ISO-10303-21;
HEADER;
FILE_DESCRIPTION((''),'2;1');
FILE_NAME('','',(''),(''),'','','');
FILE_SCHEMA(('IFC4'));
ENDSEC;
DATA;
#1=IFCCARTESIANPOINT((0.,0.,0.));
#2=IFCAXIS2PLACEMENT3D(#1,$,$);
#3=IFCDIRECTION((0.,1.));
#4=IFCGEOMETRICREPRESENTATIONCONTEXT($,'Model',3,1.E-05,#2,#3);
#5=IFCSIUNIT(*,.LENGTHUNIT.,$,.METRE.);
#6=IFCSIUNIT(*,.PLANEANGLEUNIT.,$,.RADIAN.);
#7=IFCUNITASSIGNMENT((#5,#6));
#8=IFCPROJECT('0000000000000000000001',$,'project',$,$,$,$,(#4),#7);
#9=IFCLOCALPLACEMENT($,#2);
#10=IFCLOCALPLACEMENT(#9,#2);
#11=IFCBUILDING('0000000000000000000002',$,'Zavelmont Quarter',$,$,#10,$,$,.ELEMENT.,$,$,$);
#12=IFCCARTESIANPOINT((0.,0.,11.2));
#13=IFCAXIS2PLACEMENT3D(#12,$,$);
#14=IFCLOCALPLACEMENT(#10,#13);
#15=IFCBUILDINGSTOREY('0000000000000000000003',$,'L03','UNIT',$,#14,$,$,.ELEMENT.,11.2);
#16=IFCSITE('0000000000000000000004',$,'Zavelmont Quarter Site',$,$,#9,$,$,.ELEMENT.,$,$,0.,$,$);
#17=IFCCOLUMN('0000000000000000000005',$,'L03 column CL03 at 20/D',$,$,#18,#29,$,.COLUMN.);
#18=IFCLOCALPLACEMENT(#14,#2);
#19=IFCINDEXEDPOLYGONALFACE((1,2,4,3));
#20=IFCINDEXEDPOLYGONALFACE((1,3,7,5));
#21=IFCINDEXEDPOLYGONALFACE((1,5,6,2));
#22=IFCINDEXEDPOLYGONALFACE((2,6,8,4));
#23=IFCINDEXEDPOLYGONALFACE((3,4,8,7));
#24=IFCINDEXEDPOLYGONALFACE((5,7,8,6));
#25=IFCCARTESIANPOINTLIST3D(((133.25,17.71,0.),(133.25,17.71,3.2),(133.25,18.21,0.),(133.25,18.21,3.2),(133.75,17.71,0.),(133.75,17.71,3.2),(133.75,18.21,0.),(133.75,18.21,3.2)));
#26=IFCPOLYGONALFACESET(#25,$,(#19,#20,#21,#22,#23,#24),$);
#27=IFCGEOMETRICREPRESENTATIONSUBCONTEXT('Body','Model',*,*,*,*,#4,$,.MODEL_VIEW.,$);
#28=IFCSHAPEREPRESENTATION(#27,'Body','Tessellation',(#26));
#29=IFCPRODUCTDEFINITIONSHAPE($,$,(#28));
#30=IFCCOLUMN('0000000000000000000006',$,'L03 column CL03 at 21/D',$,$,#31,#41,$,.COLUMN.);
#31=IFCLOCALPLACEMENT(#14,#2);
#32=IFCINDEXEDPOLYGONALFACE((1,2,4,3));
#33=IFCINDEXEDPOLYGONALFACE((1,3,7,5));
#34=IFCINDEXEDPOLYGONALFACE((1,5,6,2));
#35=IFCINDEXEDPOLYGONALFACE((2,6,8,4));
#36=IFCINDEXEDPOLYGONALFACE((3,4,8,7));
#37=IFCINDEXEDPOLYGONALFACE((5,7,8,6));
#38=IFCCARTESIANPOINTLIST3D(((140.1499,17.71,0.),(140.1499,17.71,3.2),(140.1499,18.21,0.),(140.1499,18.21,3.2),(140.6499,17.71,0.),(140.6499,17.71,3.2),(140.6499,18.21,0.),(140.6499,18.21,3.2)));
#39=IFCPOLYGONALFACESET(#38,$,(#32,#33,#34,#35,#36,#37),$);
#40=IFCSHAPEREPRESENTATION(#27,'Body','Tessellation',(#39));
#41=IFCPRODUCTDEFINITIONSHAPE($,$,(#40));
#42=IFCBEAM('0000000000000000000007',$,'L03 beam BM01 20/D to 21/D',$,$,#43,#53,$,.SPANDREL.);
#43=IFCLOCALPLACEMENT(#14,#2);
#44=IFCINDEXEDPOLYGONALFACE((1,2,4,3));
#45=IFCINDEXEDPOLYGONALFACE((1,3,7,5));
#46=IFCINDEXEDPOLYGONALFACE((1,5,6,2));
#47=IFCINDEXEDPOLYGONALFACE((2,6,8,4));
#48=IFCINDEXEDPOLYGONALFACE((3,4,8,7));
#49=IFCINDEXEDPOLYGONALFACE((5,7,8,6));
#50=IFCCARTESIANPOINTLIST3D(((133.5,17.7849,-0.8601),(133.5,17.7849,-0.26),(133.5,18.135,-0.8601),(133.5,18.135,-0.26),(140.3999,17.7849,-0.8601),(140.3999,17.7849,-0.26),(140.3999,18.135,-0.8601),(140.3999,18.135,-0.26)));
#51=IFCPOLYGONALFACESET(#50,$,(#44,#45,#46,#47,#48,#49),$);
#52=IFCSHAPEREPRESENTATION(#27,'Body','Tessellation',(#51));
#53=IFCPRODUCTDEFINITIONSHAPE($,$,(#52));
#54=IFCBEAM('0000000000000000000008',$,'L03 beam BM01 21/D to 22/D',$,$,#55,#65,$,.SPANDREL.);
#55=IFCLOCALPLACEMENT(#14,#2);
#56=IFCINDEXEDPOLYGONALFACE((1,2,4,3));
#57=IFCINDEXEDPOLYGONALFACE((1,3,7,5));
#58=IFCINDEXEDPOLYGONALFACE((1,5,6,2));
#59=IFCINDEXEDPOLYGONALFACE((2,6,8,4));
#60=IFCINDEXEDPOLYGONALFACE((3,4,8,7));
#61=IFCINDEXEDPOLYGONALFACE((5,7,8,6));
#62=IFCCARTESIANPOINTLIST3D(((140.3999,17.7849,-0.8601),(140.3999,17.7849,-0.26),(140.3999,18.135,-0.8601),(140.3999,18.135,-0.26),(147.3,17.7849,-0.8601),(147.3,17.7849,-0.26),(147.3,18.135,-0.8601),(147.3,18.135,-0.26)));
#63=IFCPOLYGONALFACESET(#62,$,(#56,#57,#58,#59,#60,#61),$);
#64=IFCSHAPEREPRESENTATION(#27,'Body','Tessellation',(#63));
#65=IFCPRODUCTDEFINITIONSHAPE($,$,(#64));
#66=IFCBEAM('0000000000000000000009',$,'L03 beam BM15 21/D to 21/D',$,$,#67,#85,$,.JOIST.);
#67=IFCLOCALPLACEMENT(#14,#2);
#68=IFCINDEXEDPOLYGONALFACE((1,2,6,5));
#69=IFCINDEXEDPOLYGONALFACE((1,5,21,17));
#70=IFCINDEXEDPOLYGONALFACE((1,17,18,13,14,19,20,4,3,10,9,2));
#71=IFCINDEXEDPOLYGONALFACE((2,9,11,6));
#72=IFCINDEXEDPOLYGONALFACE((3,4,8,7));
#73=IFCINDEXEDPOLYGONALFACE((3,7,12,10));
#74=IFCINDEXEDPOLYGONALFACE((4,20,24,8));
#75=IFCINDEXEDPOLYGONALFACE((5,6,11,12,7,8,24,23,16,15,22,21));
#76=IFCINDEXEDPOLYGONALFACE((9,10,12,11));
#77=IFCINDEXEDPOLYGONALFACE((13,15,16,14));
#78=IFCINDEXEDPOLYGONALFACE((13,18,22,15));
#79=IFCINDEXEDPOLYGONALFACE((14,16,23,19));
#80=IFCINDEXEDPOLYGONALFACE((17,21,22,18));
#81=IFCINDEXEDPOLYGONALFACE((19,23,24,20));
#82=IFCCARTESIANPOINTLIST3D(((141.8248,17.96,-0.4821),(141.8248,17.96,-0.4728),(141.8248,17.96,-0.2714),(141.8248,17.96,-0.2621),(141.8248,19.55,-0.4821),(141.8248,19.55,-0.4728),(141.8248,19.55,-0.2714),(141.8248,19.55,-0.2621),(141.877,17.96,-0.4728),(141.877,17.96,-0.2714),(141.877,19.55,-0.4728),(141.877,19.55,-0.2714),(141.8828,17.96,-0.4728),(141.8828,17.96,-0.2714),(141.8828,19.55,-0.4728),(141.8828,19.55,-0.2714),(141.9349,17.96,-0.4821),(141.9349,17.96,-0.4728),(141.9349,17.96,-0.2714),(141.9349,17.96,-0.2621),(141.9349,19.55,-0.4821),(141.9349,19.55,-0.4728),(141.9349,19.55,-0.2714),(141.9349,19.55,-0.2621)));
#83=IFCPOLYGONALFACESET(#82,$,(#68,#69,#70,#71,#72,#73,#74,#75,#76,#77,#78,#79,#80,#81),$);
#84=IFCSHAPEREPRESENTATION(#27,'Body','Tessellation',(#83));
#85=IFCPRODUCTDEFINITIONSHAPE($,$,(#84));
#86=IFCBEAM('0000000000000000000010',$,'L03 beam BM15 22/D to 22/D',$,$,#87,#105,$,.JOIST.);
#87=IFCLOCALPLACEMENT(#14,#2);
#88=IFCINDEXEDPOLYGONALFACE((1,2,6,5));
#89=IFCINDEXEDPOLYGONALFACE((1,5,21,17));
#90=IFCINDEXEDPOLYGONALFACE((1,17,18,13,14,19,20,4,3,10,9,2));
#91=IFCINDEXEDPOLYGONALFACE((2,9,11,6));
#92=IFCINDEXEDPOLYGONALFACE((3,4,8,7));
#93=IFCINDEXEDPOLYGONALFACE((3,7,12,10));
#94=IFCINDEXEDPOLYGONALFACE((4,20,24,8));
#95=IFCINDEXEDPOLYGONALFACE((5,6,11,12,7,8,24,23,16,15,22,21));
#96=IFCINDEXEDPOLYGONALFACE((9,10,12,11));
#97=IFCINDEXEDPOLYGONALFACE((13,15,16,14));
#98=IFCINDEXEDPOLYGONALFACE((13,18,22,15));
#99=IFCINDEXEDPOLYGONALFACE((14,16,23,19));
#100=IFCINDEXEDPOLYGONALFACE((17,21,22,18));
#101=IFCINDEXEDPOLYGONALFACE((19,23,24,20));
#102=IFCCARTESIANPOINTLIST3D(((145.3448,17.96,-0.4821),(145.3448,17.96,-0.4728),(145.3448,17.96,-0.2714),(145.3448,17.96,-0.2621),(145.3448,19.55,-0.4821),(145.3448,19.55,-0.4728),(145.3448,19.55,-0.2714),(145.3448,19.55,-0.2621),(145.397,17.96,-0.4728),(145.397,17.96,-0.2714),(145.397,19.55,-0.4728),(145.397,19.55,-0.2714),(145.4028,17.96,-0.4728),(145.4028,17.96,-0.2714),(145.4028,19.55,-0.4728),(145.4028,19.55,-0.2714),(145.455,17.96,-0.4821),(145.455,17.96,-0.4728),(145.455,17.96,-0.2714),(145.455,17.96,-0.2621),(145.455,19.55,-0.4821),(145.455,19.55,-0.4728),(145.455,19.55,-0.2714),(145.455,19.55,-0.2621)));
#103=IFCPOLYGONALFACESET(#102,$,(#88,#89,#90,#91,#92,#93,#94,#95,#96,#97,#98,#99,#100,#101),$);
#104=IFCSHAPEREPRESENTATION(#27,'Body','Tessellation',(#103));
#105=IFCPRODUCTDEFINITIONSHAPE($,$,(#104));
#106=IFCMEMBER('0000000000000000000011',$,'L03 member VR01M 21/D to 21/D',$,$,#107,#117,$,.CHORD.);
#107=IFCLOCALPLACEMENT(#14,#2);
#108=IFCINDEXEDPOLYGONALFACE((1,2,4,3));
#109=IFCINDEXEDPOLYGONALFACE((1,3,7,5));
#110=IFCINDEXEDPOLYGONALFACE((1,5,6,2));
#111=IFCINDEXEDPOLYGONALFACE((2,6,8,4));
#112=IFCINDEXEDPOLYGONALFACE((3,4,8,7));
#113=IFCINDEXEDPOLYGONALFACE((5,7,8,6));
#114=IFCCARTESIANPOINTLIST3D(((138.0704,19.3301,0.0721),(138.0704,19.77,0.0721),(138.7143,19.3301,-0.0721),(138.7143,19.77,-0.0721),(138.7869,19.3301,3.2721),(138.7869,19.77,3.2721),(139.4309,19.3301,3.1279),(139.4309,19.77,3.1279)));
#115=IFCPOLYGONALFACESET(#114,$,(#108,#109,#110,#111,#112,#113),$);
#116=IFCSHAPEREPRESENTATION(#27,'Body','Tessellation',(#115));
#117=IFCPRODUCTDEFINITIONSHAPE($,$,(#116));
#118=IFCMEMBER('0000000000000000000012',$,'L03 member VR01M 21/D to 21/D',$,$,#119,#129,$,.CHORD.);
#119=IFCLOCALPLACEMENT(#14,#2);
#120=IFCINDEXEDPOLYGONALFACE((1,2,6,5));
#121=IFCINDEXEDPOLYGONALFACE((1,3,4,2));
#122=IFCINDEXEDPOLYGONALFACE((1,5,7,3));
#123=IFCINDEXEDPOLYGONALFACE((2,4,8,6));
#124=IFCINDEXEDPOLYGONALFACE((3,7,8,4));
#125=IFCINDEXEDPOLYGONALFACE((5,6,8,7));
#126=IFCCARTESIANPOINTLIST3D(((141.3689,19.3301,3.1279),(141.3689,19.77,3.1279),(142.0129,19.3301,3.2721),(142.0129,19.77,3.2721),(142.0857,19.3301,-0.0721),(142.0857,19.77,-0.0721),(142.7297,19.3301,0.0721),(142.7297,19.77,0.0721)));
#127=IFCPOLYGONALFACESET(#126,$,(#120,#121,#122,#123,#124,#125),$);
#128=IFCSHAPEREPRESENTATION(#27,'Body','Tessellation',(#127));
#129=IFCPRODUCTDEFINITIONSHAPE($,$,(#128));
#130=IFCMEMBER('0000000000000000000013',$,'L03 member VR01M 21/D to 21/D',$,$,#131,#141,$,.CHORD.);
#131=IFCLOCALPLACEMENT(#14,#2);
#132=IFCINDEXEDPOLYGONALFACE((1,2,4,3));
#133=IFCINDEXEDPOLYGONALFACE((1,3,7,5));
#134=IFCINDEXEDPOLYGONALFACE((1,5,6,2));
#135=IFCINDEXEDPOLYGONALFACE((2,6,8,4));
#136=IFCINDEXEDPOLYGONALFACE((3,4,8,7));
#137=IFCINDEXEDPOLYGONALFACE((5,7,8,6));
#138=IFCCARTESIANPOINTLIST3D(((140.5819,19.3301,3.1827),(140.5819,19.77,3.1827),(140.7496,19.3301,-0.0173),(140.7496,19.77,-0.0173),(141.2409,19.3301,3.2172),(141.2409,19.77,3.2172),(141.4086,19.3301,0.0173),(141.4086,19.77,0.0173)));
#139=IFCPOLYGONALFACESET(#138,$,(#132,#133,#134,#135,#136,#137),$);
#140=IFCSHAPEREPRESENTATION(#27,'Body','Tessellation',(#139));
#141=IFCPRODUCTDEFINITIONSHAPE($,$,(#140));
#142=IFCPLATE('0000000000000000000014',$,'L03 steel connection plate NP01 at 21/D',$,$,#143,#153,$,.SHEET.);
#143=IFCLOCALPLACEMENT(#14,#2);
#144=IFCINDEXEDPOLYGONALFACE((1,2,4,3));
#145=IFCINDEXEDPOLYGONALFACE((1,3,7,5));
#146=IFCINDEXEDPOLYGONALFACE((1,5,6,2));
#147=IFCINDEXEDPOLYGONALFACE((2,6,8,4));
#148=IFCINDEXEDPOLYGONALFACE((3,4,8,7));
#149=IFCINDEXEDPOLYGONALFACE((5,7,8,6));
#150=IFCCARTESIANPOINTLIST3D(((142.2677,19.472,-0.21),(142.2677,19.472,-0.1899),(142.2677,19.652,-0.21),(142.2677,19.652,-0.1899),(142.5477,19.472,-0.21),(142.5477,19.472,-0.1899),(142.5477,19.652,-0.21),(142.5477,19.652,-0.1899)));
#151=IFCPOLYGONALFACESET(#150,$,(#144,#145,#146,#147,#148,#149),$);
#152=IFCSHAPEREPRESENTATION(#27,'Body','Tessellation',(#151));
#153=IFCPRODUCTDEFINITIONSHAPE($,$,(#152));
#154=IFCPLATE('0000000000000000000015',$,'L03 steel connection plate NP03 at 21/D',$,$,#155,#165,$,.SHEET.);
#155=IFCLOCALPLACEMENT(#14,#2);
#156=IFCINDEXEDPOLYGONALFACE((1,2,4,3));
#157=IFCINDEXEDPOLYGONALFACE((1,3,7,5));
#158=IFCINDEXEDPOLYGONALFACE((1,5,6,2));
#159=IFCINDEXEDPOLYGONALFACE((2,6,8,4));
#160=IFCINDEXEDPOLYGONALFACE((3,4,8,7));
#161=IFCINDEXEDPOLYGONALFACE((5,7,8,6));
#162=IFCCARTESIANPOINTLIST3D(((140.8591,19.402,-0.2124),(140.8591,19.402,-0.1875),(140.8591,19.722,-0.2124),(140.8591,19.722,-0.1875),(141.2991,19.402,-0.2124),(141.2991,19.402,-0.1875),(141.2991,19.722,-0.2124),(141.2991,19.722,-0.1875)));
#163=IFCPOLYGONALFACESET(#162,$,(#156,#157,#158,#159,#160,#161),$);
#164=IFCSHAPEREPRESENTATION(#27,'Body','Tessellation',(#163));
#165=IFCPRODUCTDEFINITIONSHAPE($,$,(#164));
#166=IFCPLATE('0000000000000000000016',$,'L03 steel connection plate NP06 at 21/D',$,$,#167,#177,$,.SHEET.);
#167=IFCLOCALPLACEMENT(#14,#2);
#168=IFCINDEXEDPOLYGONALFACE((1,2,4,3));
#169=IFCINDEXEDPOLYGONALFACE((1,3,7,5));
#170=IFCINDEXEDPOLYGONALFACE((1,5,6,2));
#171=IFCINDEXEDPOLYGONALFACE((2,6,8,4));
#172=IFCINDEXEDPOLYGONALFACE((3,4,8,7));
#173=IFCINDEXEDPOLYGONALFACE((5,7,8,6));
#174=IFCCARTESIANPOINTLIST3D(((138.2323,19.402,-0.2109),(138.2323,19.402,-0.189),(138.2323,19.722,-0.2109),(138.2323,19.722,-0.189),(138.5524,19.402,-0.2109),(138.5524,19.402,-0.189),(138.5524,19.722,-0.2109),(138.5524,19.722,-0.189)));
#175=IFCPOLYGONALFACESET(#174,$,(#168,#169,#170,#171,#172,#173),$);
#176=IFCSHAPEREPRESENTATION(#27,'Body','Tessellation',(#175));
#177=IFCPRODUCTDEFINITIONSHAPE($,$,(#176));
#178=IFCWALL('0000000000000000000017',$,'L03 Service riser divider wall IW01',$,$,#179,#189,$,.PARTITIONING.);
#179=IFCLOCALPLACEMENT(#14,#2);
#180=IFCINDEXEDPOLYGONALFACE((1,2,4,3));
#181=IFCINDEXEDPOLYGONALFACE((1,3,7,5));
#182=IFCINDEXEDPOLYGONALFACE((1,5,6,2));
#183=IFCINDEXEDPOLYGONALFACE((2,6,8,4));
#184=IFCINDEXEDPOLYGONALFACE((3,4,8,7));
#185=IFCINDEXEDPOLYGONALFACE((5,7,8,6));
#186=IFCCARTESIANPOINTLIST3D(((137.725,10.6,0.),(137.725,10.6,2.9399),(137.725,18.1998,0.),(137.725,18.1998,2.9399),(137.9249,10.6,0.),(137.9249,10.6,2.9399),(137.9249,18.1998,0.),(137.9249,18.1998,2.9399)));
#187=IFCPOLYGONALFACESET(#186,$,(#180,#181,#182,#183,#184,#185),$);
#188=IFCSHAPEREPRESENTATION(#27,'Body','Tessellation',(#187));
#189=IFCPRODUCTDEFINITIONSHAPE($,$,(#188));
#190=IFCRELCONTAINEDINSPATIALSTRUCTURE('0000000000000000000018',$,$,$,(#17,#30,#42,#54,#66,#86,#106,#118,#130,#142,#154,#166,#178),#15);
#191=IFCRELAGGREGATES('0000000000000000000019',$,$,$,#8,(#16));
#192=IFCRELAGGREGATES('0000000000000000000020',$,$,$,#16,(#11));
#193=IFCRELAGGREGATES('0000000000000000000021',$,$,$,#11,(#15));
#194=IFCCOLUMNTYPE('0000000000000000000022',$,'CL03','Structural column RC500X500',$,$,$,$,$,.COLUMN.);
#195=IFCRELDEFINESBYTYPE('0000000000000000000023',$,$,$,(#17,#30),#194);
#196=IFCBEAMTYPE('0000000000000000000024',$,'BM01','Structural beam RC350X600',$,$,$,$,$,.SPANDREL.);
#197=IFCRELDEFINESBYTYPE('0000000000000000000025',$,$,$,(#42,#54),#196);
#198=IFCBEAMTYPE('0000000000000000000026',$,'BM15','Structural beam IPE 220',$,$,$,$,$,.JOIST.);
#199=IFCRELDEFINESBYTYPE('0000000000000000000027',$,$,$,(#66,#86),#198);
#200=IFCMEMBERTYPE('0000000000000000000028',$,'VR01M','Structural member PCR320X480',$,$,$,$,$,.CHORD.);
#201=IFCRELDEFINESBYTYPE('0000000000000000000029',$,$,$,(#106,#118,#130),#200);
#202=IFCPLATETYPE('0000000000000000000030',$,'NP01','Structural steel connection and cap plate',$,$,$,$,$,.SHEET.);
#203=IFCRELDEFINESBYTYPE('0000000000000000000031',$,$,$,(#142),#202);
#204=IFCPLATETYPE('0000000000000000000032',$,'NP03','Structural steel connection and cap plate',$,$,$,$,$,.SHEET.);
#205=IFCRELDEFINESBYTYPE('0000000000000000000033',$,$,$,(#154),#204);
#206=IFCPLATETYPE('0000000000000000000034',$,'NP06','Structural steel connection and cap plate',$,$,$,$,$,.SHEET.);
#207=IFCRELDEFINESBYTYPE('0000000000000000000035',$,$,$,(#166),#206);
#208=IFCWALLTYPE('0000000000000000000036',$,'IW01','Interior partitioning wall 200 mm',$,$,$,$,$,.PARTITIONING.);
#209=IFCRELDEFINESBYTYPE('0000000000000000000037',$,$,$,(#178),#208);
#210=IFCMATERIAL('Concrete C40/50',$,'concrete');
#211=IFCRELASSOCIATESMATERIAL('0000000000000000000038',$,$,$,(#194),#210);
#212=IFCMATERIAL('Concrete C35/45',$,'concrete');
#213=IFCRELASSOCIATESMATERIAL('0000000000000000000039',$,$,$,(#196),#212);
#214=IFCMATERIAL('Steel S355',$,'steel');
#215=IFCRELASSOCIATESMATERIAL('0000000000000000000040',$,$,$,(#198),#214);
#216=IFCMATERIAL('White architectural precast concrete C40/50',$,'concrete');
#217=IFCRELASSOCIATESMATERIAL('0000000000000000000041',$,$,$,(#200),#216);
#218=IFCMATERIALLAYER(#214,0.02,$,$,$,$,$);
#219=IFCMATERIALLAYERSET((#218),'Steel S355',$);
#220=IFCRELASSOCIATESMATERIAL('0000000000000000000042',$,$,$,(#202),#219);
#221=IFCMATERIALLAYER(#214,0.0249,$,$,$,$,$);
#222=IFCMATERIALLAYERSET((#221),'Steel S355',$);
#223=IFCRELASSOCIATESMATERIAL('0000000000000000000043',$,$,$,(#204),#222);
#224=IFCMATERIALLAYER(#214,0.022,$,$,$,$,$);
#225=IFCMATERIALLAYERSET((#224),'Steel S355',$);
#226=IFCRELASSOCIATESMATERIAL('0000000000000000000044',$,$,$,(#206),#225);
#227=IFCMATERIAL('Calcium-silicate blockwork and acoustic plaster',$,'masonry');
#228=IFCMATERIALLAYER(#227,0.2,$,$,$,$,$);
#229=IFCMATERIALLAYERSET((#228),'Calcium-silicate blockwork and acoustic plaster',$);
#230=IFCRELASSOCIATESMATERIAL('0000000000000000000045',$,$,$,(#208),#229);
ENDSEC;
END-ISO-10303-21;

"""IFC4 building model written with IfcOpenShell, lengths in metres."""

from ifc_helpers import new_model, si_unit, direction, frame, frame_2d, origin, origin_2d, place, context, subcontext, project, spatial, rectangle, i_section, extrude, material, layer, layer_set, material_profile, profile_set, type_object, element, save


model = new_model("IFC4")

# Units and contexts
model_context = context("Model", 3, precision=1e-05, world=origin(), true_north=direction((0.0, 1.0)))
body_context = subcontext(model_context, "Body", "Model", "MODEL_VIEW")
ifc_project = project(units=[si_unit("LENGTHUNIT", "METRE"), si_unit("PLANEANGLEUNIT", "RADIAN")], contexts=[model_context])

# Site, building, storey
site_placement = place(None, origin())
site = spatial("IfcSite", under=ifc_project, at=site_placement, Name="Zavelmont Quarter Site", CompositionType="ELEMENT", RefElevation=0.0)
building_placement = place(site_placement, origin())
building = spatial("IfcBuilding", under=site, at=building_placement, Name="Zavelmont Quarter", CompositionType="ELEMENT")
storey_placement = place(building_placement, frame((0.0, 0.0, 11.2)))
storey = spatial("IfcBuildingStorey", under=building, at=storey_placement, Name="L03", Description="UNIT", CompositionType="ELEMENT", Elevation=11.2)

# Columns
ifc_material_1 = material(Name="Concrete C40/50", Category="concrete")
ifc_material_profile_1 = material_profile(ifc_material_1, rectangle(XDim=0.5, YDim=0.5, at=origin_2d()), Name="RC500X500")
ifc_profile_set_1 = profile_set([ifc_material_profile_1], Name="Concrete C40/50")
column_type = type_object("IfcColumnType", Name="CL03", Description="Structural column RC500X500", PredefinedType="COLUMN", material=ifc_profile_set_1)
for number, where, z_axis, x_axis, name in (
    (1, (133.5, 17.96, 0.0), (0.0, 0.0, 1.0), (1.0, 0.0, 0.0), "L03 column CL03 at 20/D"),
    (2, (140.3999, 17.96, 0.0), (0.0, 0.0, 1.0), (1.0, 0.0, 0.0), "L03 column CL03 at 21/D"),
):
    element("IfcColumn", number, at=place(storey_placement, frame(where, z_axis=z_axis, x_axis=x_axis)), inside=storey, type_object=column_type, Name=name, PredefinedType="COLUMN", context=body_context, shape_type="SweptSolid", body=[
        extrude(rectangle(XDim=0.5, YDim=0.5, at=origin_2d()), origin(), (0.0, 0.0, 1.0), 3.2),
    ])

# Beams
ifc_material_2 = material(Name="Concrete C35/45", Category="concrete")
ifc_material_profile_2 = material_profile(ifc_material_2, rectangle(XDim=0.3501, YDim=0.6001, at=origin_2d()), Name="RC350X600")
ifc_profile_set_2 = profile_set([ifc_material_profile_2], Name="Concrete C35/45")
beam_type_1 = type_object("IfcBeamType", Name="BM01", Description="Structural beam RC350X600", PredefinedType="SPANDREL", material=ifc_profile_set_2)
beam_1_placement = place(storey_placement, frame((133.5, 17.96, -0.5601), z_axis=(1.0, 0.0, 0.0), x_axis=(0.0, 1.0, 0.0)))
element("IfcBeam", 3, at=beam_1_placement, inside=storey, type_object=beam_type_1, Name="L03 beam BM01 20/D to 21/D", PredefinedType="SPANDREL", context=body_context, shape_type="SweptSolid", body=[
    extrude(rectangle(XDim=0.3501, YDim=0.6001, at=origin_2d()), origin(), (0.0, 0.0, 1.0), 6.8999),
])
beam_2_placement = place(storey_placement, frame((140.3999, 17.96, -0.5601), z_axis=(1.0, 0.0, 0.0), x_axis=(0.0, 1.0, 0.0)))
element("IfcBeam", 4, at=beam_2_placement, inside=storey, type_object=beam_type_1, Name="L03 beam BM01 21/D to 22/D", PredefinedType="SPANDREL", context=body_context, shape_type="SweptSolid", body=[
    extrude(rectangle(XDim=0.3501, YDim=0.6001, at=origin_2d()), origin(), (0.0, 0.0, 1.0), 6.9001),
])
ifc_material_3 = material(Name="Steel S355", Category="steel")
ifc_material_profile_3 = material_profile(ifc_material_3, i_section(OverallWidth=0.1101, OverallDepth=0.22, WebThickness=0.0059, FlangeThickness=0.0093, at=origin_2d()), Name="IPE 220")
ifc_profile_set_3 = profile_set([ifc_material_profile_3], Name="Steel S355")
beam_type_2 = type_object("IfcBeamType", Name="BM15", Description="Structural beam IPE 220", PredefinedType="JOIST", material=ifc_profile_set_3)
for number, where, z_axis, x_axis, name in (
    (5, (141.8799, 17.96, -0.3721), (0.0, 1.0, 0.0), (-1.0, 0.0, 0.0), "L03 beam BM15 21/D to 21/D"),
    (6, (145.3999, 17.96, -0.3721), (0.0, 1.0, 0.0), (-1.0, 0.0, 0.0), "L03 beam BM15 22/D to 22/D"),
):
    element("IfcBeam", number, at=place(storey_placement, frame(where, z_axis=z_axis, x_axis=x_axis)), inside=storey, type_object=beam_type_2, Name=name, PredefinedType="JOIST", context=body_context, shape_type="SweptSolid", body=[
        extrude(i_section(OverallWidth=0.1101, OverallDepth=0.22, WebThickness=0.0059, FlangeThickness=0.0093, at=origin_2d()), origin(), (0.0, 0.0, 1.0), 1.5901),
    ])

# Members
ifc_material_4 = material(Name="White architectural precast concrete C40/50", Category="concrete")
ifc_material_profile_4 = material_profile(ifc_material_4, rectangle(XDim=0.4399, YDim=0.6599, at=origin_2d()), Name="PCR320X480")
ifc_profile_set_4 = profile_set([ifc_material_profile_4], Name="White architectural precast concrete C40/50")
member_type = type_object("IfcMemberType", Name="VR01M", Description="Structural member PCR320X480", PredefinedType="CHORD", material=ifc_profile_set_4)
for number, where, z_axis, x_axis, name in (
    (7, (138.3923, 19.55, 0.0), (0.218515, 0.0, 0.975834), (0.0, 1.0, 0.0), "L03 member VR01M 21/D to 21/D"),
    (8, (142.4077, 19.55, 0.0), (-0.218586, 0.0, 0.975818), (0.0, -1.0, 0.0), "L03 member VR01M 21/D to 21/D"),
):
    element("IfcMember", number, at=place(storey_placement, frame(where, z_axis=z_axis, x_axis=x_axis)), inside=storey, type_object=member_type, Name=name, PredefinedType="CHORD", context=body_context, shape_type="SweptSolid", body=[
        extrude(rectangle(XDim=0.4399, YDim=0.6599, at=origin_2d()), origin(), (0.0, 0.0, 1.0), 3.2793),
    ])
member_placement = place(storey_placement, frame((141.0791, 19.55, 0.0), z_axis=(-0.052343, 0.0, 0.998629), x_axis=(0.0, -1.0, 0.0)))
element("IfcMember", 9, at=member_placement, inside=storey, type_object=member_type, Name="L03 member VR01M 21/D to 21/D", PredefinedType="CHORD", context=body_context, shape_type="SweptSolid", body=[
    extrude(rectangle(XDim=0.4399, YDim=0.6599, at=origin_2d()), origin(), (0.0, 0.0, 1.0), 3.2043),
])

# Plates
ifc_layer_1 = layer(ifc_material_3, 0.02)
ifc_layer_set_1 = layer_set([ifc_layer_1], Name="Steel S355")
plate_type_1 = type_object("IfcPlateType", Name="NP01", Description="Structural steel connection and cap plate", PredefinedType="SHEET", material=ifc_layer_set_1)
plate_1_placement = place(storey_placement, frame((142.4077, 19.562, -0.21), z_axis=(0.0, 0.0, 1.0), x_axis=(1.0, 0.0, 0.0)))
element("IfcPlate", 10, at=plate_1_placement, inside=storey, type_object=plate_type_1, Name="L03 steel connection plate NP01 at 21/D", PredefinedType="SHEET", context=body_context, shape_type="SweptSolid", body=[
    extrude(rectangle(XDim=0.28, YDim=0.1799, at=origin_2d()), origin(), (0.0, 0.0, 1.0), 0.02),
])
ifc_layer_2 = layer(ifc_material_3, 0.0249)
ifc_layer_set_2 = layer_set([ifc_layer_2], Name="Steel S355")
plate_type_2 = type_object("IfcPlateType", Name="NP03", Description="Structural steel connection and cap plate", PredefinedType="SHEET", material=ifc_layer_set_2)
plate_2_placement = place(storey_placement, frame((141.0791, 19.562, -0.2124), z_axis=(0.0, 0.0, 1.0), x_axis=(1.0, 0.0, 0.0)))
element("IfcPlate", 11, at=plate_2_placement, inside=storey, type_object=plate_type_2, Name="L03 steel connection plate NP03 at 21/D", PredefinedType="SHEET", context=body_context, shape_type="SweptSolid", body=[
    extrude(rectangle(XDim=0.4399, YDim=0.3201, at=origin_2d()), origin(), (0.0, 0.0, 1.0), 0.0249),
])
ifc_layer_3 = layer(ifc_material_3, 0.022)
ifc_layer_set_3 = layer_set([ifc_layer_3], Name="Steel S355")
plate_type_3 = type_object("IfcPlateType", Name="NP06", Description="Structural steel connection and cap plate", PredefinedType="SHEET", material=ifc_layer_set_3)
plate_3_placement = place(storey_placement, frame((138.3923, 19.562, -0.2109), z_axis=(0.0, 0.0, 1.0), x_axis=(1.0, 0.0, 0.0)))
element("IfcPlate", 12, at=plate_3_placement, inside=storey, type_object=plate_type_3, Name="L03 steel connection plate NP06 at 21/D", PredefinedType="SHEET", context=body_context, shape_type="SweptSolid", body=[
    extrude(rectangle(XDim=0.3201, YDim=0.3201, at=origin_2d()), origin(), (0.0, 0.0, 1.0), 0.022),
])

# Wall
ifc_material_5 = material(Name="Calcium-silicate blockwork and acoustic plaster", Category="masonry")
ifc_layer_4 = layer(ifc_material_5, 0.2)
ifc_layer_set_4 = layer_set([ifc_layer_4], Name="Calcium-silicate blockwork and acoustic plaster")
wall_type_1 = type_object("IfcWallType", Name="IW01", Description="Interior partitioning wall 200 mm", PredefinedType="PARTITIONING", material=ifc_layer_set_4)
for number, where, z_axis, x_axis, name in (
    (13, (137.825, 10.6001, 0.0), (0.0, 0.0, 1.0), (0.0, 1.0, 0.0), "L03 Service riser divider wall IW01"),
):
    element("IfcWall", number, at=place(storey_placement, frame(where, z_axis=z_axis, x_axis=x_axis)), inside=storey, type_object=wall_type_1, Name=name, PredefinedType="PARTITIONING", context=body_context, shape_type="SweptSolid", body=[
        extrude(rectangle(XDim=7.5999, YDim=0.2, at=frame_2d((3.7998, 0.0))), origin(), (0.0, 0.0, 1.0), 2.9399),
    ])

save(model, "model.ifc")
